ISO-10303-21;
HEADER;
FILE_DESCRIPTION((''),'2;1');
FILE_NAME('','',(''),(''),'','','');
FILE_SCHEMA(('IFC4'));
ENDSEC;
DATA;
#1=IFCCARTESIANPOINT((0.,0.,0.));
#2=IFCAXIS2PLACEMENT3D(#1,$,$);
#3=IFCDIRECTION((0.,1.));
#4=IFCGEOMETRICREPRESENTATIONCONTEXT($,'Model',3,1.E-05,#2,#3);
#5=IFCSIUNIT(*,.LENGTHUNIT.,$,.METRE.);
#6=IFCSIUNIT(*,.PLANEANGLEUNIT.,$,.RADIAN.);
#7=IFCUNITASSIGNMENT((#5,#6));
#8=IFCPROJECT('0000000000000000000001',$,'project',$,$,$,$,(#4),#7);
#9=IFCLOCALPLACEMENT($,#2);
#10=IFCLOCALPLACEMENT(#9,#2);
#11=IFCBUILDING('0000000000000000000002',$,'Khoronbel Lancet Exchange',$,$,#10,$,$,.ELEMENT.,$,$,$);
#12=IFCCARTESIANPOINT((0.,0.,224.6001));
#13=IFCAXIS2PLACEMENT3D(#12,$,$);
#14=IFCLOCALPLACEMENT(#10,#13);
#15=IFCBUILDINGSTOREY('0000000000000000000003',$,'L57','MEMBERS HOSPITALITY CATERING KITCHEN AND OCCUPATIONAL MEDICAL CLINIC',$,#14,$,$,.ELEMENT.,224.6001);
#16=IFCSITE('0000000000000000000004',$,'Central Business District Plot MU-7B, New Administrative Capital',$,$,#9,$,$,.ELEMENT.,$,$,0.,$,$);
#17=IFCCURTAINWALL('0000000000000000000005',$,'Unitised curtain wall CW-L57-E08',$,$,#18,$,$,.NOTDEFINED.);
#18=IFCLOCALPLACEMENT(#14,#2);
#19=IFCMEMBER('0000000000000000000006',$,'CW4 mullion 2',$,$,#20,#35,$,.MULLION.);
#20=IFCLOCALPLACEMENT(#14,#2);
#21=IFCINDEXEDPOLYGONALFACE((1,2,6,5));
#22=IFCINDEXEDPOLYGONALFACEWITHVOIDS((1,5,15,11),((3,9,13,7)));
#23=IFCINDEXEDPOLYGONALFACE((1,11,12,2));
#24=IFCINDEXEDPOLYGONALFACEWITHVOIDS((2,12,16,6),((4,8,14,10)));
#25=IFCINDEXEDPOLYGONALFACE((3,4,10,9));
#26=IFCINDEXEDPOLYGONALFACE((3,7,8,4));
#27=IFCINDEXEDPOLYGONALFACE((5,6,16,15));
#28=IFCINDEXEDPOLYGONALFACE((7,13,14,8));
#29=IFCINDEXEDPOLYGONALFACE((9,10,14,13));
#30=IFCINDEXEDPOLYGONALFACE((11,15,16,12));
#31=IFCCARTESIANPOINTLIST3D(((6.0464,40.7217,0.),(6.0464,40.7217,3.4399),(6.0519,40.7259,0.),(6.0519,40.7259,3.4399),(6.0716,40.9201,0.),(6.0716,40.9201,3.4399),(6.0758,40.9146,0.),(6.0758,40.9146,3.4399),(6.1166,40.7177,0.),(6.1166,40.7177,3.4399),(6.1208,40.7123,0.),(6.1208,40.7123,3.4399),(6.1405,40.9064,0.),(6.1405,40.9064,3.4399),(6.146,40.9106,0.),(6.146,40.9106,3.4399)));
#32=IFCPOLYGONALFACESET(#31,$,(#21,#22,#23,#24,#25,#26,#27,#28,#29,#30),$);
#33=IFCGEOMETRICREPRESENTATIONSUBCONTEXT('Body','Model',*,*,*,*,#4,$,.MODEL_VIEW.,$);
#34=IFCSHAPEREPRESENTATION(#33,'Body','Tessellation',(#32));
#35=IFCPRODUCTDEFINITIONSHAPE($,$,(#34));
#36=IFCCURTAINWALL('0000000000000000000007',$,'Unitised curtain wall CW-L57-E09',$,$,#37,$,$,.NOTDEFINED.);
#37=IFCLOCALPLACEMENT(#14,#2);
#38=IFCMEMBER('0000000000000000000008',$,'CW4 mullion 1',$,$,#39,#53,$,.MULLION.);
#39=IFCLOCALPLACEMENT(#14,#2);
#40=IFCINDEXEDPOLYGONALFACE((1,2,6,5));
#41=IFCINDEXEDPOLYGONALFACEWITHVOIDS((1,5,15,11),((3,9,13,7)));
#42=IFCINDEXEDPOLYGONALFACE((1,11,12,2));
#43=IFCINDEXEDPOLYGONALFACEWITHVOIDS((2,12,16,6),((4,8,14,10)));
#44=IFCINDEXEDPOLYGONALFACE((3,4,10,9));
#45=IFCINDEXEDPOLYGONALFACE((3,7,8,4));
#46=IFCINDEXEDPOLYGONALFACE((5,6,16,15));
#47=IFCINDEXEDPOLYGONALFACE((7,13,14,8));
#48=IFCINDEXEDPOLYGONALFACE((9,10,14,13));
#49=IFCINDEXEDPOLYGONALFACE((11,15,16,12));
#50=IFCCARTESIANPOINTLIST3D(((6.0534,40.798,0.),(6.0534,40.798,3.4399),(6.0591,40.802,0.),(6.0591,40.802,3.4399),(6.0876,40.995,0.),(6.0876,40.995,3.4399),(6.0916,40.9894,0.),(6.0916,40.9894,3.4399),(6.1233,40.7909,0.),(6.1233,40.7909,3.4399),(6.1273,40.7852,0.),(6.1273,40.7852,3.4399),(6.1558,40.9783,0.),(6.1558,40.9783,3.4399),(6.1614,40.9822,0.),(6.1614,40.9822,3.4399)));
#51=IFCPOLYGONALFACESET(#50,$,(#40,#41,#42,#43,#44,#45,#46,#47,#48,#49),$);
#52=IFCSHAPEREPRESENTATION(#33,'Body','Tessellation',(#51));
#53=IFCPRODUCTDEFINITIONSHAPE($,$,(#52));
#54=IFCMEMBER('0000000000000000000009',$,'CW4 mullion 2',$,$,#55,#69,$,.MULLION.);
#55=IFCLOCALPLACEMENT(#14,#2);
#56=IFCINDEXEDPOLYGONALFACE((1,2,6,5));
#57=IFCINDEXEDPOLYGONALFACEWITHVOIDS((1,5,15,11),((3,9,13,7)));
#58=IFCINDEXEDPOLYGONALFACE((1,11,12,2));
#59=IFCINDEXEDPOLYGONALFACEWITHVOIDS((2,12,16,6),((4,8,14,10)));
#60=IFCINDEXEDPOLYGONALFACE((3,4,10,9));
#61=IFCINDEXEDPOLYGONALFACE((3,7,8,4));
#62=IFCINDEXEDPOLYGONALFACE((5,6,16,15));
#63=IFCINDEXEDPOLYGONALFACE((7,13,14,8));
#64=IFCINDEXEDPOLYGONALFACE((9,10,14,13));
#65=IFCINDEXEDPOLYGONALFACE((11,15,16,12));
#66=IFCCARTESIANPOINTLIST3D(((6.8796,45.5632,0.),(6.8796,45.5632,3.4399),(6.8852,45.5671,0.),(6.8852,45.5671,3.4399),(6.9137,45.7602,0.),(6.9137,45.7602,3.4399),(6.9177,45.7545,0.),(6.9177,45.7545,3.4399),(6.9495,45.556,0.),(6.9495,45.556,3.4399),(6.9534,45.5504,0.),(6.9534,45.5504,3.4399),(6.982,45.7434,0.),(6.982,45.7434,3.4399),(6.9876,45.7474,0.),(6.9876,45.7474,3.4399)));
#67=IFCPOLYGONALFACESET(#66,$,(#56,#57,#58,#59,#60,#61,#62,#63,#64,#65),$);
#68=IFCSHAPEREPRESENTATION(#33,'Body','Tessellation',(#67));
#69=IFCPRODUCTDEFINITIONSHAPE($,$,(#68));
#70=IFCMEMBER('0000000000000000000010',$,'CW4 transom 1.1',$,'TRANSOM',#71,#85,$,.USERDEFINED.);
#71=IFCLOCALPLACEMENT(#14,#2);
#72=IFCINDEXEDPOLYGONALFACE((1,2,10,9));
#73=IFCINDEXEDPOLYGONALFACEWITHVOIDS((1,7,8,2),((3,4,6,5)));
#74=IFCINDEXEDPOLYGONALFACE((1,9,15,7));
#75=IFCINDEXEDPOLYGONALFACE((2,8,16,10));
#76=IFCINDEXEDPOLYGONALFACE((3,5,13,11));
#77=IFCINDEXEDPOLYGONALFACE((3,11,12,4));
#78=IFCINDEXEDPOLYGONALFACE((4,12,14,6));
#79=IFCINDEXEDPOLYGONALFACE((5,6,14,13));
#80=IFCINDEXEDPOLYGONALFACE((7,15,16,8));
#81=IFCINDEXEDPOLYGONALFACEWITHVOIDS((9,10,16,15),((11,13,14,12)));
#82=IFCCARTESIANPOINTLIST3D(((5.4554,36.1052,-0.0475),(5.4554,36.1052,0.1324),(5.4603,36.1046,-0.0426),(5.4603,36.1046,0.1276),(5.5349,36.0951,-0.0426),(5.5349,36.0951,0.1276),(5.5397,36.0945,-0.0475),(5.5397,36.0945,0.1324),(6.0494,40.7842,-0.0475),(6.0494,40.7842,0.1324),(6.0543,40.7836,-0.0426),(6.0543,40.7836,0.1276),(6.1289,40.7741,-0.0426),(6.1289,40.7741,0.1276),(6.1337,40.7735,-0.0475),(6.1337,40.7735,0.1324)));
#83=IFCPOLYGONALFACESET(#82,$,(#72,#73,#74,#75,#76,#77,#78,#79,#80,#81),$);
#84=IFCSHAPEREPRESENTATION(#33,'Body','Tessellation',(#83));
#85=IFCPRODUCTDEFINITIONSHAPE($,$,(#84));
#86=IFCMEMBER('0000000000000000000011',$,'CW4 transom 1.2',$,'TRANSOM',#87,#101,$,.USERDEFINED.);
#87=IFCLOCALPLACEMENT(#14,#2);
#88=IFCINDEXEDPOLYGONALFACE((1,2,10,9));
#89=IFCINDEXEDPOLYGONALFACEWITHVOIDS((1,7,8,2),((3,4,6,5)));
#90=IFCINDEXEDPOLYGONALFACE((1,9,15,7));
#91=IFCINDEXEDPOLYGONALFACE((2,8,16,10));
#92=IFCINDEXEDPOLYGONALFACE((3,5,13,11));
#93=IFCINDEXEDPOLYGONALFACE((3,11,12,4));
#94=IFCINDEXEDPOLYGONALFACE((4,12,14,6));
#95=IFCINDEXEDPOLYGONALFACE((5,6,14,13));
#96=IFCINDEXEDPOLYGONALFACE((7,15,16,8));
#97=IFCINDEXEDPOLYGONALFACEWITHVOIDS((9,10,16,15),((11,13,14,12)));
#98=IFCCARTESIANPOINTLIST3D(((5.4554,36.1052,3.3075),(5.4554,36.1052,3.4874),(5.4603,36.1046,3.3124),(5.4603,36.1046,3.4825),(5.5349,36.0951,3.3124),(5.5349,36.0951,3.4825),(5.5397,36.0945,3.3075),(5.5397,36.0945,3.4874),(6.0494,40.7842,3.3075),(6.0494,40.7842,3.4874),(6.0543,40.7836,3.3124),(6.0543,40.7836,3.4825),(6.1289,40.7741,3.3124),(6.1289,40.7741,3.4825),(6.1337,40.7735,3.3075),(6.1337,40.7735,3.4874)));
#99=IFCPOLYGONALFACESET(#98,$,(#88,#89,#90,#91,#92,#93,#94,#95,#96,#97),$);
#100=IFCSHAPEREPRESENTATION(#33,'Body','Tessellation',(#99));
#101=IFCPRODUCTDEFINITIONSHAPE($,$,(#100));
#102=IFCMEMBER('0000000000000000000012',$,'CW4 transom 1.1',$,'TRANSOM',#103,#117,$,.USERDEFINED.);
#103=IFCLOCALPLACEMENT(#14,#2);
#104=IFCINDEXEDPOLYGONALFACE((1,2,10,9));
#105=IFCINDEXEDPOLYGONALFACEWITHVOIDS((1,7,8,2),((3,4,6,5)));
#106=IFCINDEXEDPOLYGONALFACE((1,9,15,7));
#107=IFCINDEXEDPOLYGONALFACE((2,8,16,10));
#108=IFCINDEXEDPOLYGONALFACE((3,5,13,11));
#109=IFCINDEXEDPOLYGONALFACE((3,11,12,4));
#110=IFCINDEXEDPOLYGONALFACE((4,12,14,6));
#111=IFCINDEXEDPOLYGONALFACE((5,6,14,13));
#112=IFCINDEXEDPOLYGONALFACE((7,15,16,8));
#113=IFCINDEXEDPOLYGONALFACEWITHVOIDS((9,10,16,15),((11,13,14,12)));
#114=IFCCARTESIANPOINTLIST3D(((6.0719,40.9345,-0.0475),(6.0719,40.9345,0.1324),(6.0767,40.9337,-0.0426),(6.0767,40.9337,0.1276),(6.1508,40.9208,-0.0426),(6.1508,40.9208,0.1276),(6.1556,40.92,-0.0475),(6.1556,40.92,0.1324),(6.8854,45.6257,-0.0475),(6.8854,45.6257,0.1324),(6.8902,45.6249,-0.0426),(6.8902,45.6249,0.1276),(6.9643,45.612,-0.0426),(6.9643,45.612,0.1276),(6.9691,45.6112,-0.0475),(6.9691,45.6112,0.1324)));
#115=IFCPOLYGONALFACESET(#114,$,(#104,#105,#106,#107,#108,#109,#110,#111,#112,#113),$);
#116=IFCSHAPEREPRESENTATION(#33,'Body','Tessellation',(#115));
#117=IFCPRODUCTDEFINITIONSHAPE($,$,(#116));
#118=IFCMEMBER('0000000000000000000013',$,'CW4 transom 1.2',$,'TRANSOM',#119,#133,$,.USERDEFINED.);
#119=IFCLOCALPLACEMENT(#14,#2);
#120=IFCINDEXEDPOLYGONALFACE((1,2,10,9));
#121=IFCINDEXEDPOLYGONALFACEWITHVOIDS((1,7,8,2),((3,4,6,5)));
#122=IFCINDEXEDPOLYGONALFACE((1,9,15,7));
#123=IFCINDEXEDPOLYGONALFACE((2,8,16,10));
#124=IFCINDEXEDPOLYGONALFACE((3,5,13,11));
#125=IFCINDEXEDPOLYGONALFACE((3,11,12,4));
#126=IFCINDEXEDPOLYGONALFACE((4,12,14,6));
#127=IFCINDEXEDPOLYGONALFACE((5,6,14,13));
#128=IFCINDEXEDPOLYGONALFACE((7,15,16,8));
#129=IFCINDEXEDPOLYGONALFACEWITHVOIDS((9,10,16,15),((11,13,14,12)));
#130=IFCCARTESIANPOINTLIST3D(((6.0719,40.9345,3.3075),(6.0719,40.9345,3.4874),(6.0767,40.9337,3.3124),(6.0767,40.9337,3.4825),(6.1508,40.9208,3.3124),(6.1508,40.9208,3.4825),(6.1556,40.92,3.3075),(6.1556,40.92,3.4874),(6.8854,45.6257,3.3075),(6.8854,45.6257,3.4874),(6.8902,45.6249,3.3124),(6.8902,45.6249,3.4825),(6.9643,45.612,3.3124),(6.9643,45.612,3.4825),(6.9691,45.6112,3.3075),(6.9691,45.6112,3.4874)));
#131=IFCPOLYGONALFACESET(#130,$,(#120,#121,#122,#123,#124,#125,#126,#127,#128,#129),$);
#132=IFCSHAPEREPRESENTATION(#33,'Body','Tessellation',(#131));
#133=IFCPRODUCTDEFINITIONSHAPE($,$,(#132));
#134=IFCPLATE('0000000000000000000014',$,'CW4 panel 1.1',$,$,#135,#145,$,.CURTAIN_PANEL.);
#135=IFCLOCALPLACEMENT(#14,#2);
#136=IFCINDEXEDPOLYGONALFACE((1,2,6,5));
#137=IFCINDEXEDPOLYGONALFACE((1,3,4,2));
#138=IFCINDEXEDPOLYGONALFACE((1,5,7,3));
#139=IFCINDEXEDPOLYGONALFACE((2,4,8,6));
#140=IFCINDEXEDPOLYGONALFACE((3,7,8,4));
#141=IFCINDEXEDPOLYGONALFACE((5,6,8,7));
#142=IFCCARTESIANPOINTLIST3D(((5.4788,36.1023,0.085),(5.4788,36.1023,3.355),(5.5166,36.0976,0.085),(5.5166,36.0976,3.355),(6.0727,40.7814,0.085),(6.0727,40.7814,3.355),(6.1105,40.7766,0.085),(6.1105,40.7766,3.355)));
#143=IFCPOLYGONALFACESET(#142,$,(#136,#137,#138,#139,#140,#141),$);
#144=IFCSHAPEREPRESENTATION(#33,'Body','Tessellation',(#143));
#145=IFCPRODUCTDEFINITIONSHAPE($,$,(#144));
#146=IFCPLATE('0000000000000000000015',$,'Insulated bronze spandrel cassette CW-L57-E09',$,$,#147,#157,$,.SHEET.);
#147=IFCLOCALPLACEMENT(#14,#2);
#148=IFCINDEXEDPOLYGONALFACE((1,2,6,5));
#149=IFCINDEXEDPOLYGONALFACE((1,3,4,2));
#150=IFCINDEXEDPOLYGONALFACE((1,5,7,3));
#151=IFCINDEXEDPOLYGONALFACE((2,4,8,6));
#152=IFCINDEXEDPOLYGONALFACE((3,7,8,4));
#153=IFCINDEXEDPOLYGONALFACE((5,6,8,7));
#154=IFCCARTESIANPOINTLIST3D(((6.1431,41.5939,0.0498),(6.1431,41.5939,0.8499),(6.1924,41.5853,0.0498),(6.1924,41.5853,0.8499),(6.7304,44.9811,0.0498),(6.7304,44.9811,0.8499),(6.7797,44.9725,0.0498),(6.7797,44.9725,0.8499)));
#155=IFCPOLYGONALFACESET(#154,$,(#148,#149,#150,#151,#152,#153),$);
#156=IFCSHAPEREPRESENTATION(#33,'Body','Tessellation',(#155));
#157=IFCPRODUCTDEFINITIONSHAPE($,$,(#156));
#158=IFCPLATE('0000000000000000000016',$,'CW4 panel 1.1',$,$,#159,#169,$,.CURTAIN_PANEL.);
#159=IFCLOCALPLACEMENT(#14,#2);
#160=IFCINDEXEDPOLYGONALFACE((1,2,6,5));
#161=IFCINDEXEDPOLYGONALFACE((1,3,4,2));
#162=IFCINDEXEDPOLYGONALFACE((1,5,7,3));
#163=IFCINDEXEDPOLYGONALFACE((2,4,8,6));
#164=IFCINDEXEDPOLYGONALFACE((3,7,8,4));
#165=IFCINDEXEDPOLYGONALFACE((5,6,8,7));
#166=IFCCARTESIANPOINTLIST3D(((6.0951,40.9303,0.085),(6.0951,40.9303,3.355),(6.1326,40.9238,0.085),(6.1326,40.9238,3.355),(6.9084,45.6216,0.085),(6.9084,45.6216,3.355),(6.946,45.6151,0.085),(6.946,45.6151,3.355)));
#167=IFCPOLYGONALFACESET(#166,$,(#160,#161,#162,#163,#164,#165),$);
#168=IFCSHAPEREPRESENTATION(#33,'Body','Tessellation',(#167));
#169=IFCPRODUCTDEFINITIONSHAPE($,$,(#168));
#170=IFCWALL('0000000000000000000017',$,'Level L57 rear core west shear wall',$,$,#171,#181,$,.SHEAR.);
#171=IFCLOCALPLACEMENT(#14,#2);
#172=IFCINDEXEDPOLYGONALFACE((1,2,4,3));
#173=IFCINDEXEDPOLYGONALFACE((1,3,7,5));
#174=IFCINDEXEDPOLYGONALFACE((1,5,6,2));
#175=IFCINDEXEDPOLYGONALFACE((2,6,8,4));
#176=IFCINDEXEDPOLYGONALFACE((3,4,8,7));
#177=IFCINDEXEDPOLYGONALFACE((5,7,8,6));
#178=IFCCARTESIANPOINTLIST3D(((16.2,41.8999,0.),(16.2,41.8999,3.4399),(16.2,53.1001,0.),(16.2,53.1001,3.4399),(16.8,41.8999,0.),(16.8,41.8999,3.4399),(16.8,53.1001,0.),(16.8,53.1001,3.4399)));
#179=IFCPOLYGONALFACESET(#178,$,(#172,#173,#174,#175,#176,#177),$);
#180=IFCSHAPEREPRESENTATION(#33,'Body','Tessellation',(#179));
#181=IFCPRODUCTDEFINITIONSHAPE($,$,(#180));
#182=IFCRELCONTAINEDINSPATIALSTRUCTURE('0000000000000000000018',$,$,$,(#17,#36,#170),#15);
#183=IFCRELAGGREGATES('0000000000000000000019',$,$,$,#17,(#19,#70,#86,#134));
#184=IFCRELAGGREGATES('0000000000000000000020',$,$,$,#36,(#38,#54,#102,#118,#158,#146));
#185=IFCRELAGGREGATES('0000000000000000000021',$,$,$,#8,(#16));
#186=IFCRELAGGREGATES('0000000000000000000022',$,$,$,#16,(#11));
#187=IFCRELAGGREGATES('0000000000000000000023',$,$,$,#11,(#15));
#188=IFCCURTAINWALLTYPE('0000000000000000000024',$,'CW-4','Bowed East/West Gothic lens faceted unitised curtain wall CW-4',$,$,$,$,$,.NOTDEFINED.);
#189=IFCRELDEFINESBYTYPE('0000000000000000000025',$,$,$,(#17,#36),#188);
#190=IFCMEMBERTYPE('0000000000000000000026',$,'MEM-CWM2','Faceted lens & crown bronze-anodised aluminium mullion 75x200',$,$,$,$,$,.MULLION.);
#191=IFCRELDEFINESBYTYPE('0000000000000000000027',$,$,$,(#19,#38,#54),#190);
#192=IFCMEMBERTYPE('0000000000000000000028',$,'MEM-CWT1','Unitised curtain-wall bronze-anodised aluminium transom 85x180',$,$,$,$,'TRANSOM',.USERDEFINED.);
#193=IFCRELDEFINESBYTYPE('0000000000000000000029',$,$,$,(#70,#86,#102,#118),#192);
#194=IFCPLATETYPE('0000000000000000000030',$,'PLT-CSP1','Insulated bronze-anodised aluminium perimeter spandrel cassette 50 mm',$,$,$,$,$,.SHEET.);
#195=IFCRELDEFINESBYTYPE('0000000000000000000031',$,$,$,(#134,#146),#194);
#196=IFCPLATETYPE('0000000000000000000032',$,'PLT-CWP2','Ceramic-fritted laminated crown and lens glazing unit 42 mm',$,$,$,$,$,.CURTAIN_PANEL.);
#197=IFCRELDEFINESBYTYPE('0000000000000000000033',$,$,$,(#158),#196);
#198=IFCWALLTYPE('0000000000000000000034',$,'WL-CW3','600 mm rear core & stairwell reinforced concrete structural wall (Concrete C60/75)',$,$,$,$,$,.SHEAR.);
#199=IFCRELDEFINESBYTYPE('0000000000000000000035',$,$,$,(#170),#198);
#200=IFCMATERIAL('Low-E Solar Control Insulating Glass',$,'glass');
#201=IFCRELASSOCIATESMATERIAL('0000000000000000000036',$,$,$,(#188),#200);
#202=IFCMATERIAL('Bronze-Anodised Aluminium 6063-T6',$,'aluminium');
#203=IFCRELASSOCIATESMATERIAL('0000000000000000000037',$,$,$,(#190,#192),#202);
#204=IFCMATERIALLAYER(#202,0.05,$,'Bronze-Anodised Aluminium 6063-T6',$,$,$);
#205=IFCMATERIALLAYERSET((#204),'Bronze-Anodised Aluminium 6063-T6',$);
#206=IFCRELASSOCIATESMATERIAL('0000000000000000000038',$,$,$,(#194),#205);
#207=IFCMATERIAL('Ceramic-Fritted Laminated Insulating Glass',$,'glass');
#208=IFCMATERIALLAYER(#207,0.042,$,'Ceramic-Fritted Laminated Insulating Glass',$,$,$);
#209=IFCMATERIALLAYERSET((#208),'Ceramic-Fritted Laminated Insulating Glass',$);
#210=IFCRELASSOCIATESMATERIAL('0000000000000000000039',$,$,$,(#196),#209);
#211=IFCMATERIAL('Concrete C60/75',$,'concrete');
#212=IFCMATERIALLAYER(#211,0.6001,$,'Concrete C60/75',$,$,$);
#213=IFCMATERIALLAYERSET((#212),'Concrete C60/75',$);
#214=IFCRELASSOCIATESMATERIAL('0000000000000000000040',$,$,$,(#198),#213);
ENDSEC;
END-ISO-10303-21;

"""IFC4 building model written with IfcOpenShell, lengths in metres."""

from ifc_helpers import new_model, si_unit, direction, frame, frame_2d, origin, origin_2d, place, context, subcontext, project, spatial, rectangle, hollow_rectangle, extrude, material, layer, layer_set, material_profile, profile_set, type_object, element, aggregate, save


model = new_model("IFC4")

# Units and contexts
model_context = context("Model", 3, precision=1e-05, world=origin(), true_north=direction((0.0, 1.0)))
body_context = subcontext(model_context, "Body", "Model", "MODEL_VIEW")
ifc_project = project(units=[si_unit("LENGTHUNIT", "METRE"), si_unit("PLANEANGLEUNIT", "RADIAN")], contexts=[model_context])

# Site, building, storey
site_placement = place(None, origin())
site = spatial("IfcSite", under=ifc_project, at=site_placement, Name="Central Business District Plot MU-7B, New Administrative Capital", CompositionType="ELEMENT", RefElevation=0.0)
building_placement = place(site_placement, origin())
building = spatial("IfcBuilding", under=site, at=building_placement, Name="Khoronbel Lancet Exchange", CompositionType="ELEMENT")
storey_placement = place(building_placement, frame((0.0, 0.0, 224.6001)))
storey = spatial("IfcBuildingStorey", under=building, at=storey_placement, Name="L57", Description="MEMBERS HOSPITALITY CATERING KITCHEN AND OCCUPATIONAL MEDICAL CLINIC", CompositionType="ELEMENT", Elevation=224.6001)

# Shared definitions
ifc_material_1 = material(Name="Low-E Solar Control Insulating Glass", Category="glass")
curtain_wall_type = type_object("IfcCurtainWallType", Name="CW-4", Description="Bowed East/West Gothic lens faceted unitised curtain wall CW-4", PredefinedType="NOTDEFINED", material=ifc_material_1)
ifc_material_2 = material(Name="Bronze-Anodised Aluminium 6063-T6", Category="aluminium")
ifc_material_profile_1 = material_profile(ifc_material_2, hollow_rectangle(XDim=0.075, YDim=0.2, WallThickness=0.0049, at=origin_2d()), Name="ALU MULLION 75x200")
ifc_profile_set_1 = profile_set([ifc_material_profile_1], Name="Bronze-Anodised Aluminium 6063-T6")
member_type_1 = type_object("IfcMemberType", Name="MEM-CWM2", Description="Faceted lens & crown bronze-anodised aluminium mullion 75x200", PredefinedType="MULLION", material=ifc_profile_set_1)

# Curtain walls, members
curtain_wall_1_placement = place(storey_placement, origin())
curtain_wall_1 = element("IfcCurtainWall", 1, at=curtain_wall_1_placement, inside=storey, type_object=curtain_wall_type, Name="Unitised curtain wall CW-L57-E08", PredefinedType="NOTDEFINED")
member_1_placement = place(storey_placement, frame((6.0962, 40.8162, 0.0), z_axis=(0.0, 0.0, 1.0), x_axis=(-0.99204, 0.125921, 0.0)))
member_1 = element("IfcMember", 2, at=member_1_placement, type_object=member_type_1, Name="CW4 mullion 2", PredefinedType="MULLION", context=body_context, shape_type="SweptSolid", body=[
    extrude(hollow_rectangle(XDim=0.075, YDim=0.2, WallThickness=0.0049, at=origin_2d()), origin(), (0.0, 0.0, 1.0), 3.4399),
])
curtain_wall_2_placement = place(storey_placement, origin())
curtain_wall_2 = element("IfcCurtainWall", 3, at=curtain_wall_2_placement, inside=storey, type_object=curtain_wall_type, Name="Unitised curtain wall CW-L57-E09", PredefinedType="NOTDEFINED")
member_2_placement = place(storey_placement, frame((6.1074, 40.8901, 0.0), z_axis=(0.0, 0.0, 1.0), x_axis=(-0.9853, 0.170834, 0.0)))
member_2 = element("IfcMember", 4, at=member_2_placement, type_object=member_type_1, Name="CW4 mullion 1", PredefinedType="MULLION", context=body_context, shape_type="SweptSolid", body=[
    extrude(hollow_rectangle(XDim=0.075, YDim=0.2, WallThickness=0.0049, at=origin_2d()), origin(), (0.0, 0.0, 1.0), 3.4399),
])
member_3_placement = place(storey_placement, frame((6.9336, 45.6553, 0.0), z_axis=(0.0, 0.0, 1.0), x_axis=(-0.9853, 0.170834, 0.0)))
member_3 = element("IfcMember", 5, at=member_3_placement, type_object=member_type_1, Name="CW4 mullion 2", PredefinedType="MULLION", context=body_context, shape_type="SweptSolid", body=[
    extrude(hollow_rectangle(XDim=0.075, YDim=0.2, WallThickness=0.0049, at=origin_2d()), origin(), (0.0, 0.0, 1.0), 3.4399),
])

# Members
ifc_material_profile_2 = material_profile(ifc_material_2, hollow_rectangle(XDim=0.085, YDim=0.1799, WallThickness=0.0049, at=origin_2d()), Name="ALU TRANSOM 85x180")
ifc_profile_set_2 = profile_set([ifc_material_profile_2], Name="Bronze-Anodised Aluminium 6063-T6")
member_type_2 = type_object("IfcMemberType", Name="MEM-CWT1", Description="Unitised curtain-wall bronze-anodised aluminium transom 85x180", ElementType="TRANSOM", PredefinedType="USERDEFINED", material=ifc_profile_set_2)
member_4_placement = place(storey_placement, frame((5.4976, 36.0999, 0.0425), z_axis=(0.125939, 0.992038, 0.0), x_axis=(-0.992038, 0.125939, 0.0)))
member_4 = element("IfcMember", 6, at=member_4_placement, type_object=member_type_2, Name="CW4 transom 1.1", ObjectType="TRANSOM", PredefinedType="USERDEFINED", context=body_context, shape_type="SweptSolid", body=[
    extrude(hollow_rectangle(XDim=0.085, YDim=0.1799, WallThickness=0.0049, at=origin_2d()), origin(), (0.0, 0.0, 1.0), 4.7166),
])
member_5_placement = place(storey_placement, frame((5.4976, 36.0999, 3.3975), z_axis=(0.125939, 0.992038, 0.0), x_axis=(-0.992038, 0.125939, 0.0)))
member_5 = element("IfcMember", 7, at=member_5_placement, type_object=member_type_2, Name="CW4 transom 1.2", ObjectType="TRANSOM", PredefinedType="USERDEFINED", context=body_context, shape_type="SweptSolid", body=[
    extrude(hollow_rectangle(XDim=0.085, YDim=0.1799, WallThickness=0.0049, at=origin_2d()), origin(), (0.0, 0.0, 1.0), 4.7166),
])
member_6_placement = place(storey_placement, frame((6.1138, 40.9272, 0.0425), z_axis=(0.170856, 0.985296, 0.0), x_axis=(-0.985296, 0.170856, 0.0)))
member_6 = element("IfcMember", 8, at=member_6_placement, type_object=member_type_2, Name="CW4 transom 1.1", ObjectType="TRANSOM", PredefinedType="USERDEFINED", context=body_context, shape_type="SweptSolid", body=[
    extrude(hollow_rectangle(XDim=0.085, YDim=0.1799, WallThickness=0.0049, at=origin_2d()), origin(), (0.0, 0.0, 1.0), 4.7612),
])
member_7_placement = place(storey_placement, frame((6.1138, 40.9272, 3.3975), z_axis=(0.170856, 0.985296, 0.0), x_axis=(-0.985296, 0.170856, 0.0)))
member_7 = element("IfcMember", 9, at=member_7_placement, type_object=member_type_2, Name="CW4 transom 1.2", ObjectType="TRANSOM", PredefinedType="USERDEFINED", context=body_context, shape_type="SweptSolid", body=[
    extrude(hollow_rectangle(XDim=0.085, YDim=0.1799, WallThickness=0.0049, at=origin_2d()), origin(), (0.0, 0.0, 1.0), 4.7612),
])

# Plates
ifc_layer_1 = layer(ifc_material_2, 0.05, Name="Bronze-Anodised Aluminium 6063-T6")
ifc_layer_set_1 = layer_set([ifc_layer_1], Name="Bronze-Anodised Aluminium 6063-T6")
plate_type_1 = type_object("IfcPlateType", Name="PLT-CSP1", Description="Insulated bronze-anodised aluminium perimeter spandrel cassette 50 mm", PredefinedType="SHEET", material=ifc_layer_set_1)
plate_1_placement = place(storey_placement, frame((5.7947, 38.4395, 0.085), z_axis=(0.0, 0.0, 1.0), x_axis=(0.125921, 0.99204, 0.0)))
plate_1 = element("IfcPlate", 10, at=plate_1_placement, type_object=plate_type_1, Name="CW4 panel 1.1", PredefinedType="CURTAIN_PANEL", context=body_context, shape_type="SweptSolid", body=[
    extrude(rectangle(XDim=4.7166, YDim=0.0381, at=origin_2d()), origin(), (0.0, 0.0, 1.0), 3.27),
])
aggregate(curtain_wall_1, [member_1, member_4, member_5, plate_1])
plate_2_placement = place(storey_placement, frame((6.4614, 43.2832, 0.0498), z_axis=(0.0, 0.0, 1.0), x_axis=(0.170834, 0.9853, 0.0)))
plate_2 = element("IfcPlate", 11, at=plate_2_placement, type_object=plate_type_1, Name="Insulated bronze spandrel cassette CW-L57-E09", PredefinedType="SHEET", context=body_context, shape_type="SweptSolid", body=[
    extrude(rectangle(XDim=3.4377, YDim=0.05, at=origin_2d()), origin(), (0.0, 0.0, 1.0), 0.8),
])
ifc_material_3 = material(Name="Ceramic-Fritted Laminated Insulating Glass", Category="glass")
ifc_layer_2 = layer(ifc_material_3, 0.042, Name="Ceramic-Fritted Laminated Insulating Glass")
ifc_layer_set_2 = layer_set([ifc_layer_2], Name="Ceramic-Fritted Laminated Insulating Glass")
plate_type_2 = type_object("IfcPlateType", Name="PLT-CWP2", Description="Ceramic-fritted laminated crown and lens glazing unit 42 mm", PredefinedType="CURTAIN_PANEL", material=ifc_layer_set_2)
plate_3_placement = place(storey_placement, frame((6.5205, 43.2727, 0.085), z_axis=(0.0, 0.0, 1.0), x_axis=(0.170834, 0.9853, 0.0)))
plate_3 = element("IfcPlate", 12, at=plate_3_placement, type_object=plate_type_2, Name="CW4 panel 1.1", PredefinedType="CURTAIN_PANEL", context=body_context, shape_type="SweptSolid", body=[
    extrude(rectangle(XDim=4.7612, YDim=0.0381, at=origin_2d()), origin(), (0.0, 0.0, 1.0), 3.27),
])
aggregate(curtain_wall_2, [member_2, member_3, member_6, member_7, plate_3, plate_2])

# Wall
ifc_material_4 = material(Name="Concrete C60/75", Category="concrete")
ifc_layer_3 = layer(ifc_material_4, 0.6001, Name="Concrete C60/75")
ifc_layer_set_3 = layer_set([ifc_layer_3], Name="Concrete C60/75")
wall_type_1 = type_object("IfcWallType", Name="WL-CW3", Description="600 mm rear core & stairwell reinforced concrete structural wall (Concrete C60/75)", PredefinedType="SHEAR", material=ifc_layer_set_3)
wall_1_placement = place(storey_placement, frame((16.5, 41.8999, 0.0), z_axis=(0.0, 0.0, 1.0), x_axis=(0.0, 1.0, 0.0)))
element("IfcWall", 13, at=wall_1_placement, inside=storey, type_object=wall_type_1, Name="Level L57 rear core west shear wall", PredefinedType="SHEAR", context=body_context, shape_type="SweptSolid", body=[
    extrude(rectangle(XDim=11.2002, YDim=0.6001, at=frame_2d((5.6001, 0.0))), origin(), (0.0, 0.0, 1.0), 3.4399),
])

save(model, "model.ifc")
